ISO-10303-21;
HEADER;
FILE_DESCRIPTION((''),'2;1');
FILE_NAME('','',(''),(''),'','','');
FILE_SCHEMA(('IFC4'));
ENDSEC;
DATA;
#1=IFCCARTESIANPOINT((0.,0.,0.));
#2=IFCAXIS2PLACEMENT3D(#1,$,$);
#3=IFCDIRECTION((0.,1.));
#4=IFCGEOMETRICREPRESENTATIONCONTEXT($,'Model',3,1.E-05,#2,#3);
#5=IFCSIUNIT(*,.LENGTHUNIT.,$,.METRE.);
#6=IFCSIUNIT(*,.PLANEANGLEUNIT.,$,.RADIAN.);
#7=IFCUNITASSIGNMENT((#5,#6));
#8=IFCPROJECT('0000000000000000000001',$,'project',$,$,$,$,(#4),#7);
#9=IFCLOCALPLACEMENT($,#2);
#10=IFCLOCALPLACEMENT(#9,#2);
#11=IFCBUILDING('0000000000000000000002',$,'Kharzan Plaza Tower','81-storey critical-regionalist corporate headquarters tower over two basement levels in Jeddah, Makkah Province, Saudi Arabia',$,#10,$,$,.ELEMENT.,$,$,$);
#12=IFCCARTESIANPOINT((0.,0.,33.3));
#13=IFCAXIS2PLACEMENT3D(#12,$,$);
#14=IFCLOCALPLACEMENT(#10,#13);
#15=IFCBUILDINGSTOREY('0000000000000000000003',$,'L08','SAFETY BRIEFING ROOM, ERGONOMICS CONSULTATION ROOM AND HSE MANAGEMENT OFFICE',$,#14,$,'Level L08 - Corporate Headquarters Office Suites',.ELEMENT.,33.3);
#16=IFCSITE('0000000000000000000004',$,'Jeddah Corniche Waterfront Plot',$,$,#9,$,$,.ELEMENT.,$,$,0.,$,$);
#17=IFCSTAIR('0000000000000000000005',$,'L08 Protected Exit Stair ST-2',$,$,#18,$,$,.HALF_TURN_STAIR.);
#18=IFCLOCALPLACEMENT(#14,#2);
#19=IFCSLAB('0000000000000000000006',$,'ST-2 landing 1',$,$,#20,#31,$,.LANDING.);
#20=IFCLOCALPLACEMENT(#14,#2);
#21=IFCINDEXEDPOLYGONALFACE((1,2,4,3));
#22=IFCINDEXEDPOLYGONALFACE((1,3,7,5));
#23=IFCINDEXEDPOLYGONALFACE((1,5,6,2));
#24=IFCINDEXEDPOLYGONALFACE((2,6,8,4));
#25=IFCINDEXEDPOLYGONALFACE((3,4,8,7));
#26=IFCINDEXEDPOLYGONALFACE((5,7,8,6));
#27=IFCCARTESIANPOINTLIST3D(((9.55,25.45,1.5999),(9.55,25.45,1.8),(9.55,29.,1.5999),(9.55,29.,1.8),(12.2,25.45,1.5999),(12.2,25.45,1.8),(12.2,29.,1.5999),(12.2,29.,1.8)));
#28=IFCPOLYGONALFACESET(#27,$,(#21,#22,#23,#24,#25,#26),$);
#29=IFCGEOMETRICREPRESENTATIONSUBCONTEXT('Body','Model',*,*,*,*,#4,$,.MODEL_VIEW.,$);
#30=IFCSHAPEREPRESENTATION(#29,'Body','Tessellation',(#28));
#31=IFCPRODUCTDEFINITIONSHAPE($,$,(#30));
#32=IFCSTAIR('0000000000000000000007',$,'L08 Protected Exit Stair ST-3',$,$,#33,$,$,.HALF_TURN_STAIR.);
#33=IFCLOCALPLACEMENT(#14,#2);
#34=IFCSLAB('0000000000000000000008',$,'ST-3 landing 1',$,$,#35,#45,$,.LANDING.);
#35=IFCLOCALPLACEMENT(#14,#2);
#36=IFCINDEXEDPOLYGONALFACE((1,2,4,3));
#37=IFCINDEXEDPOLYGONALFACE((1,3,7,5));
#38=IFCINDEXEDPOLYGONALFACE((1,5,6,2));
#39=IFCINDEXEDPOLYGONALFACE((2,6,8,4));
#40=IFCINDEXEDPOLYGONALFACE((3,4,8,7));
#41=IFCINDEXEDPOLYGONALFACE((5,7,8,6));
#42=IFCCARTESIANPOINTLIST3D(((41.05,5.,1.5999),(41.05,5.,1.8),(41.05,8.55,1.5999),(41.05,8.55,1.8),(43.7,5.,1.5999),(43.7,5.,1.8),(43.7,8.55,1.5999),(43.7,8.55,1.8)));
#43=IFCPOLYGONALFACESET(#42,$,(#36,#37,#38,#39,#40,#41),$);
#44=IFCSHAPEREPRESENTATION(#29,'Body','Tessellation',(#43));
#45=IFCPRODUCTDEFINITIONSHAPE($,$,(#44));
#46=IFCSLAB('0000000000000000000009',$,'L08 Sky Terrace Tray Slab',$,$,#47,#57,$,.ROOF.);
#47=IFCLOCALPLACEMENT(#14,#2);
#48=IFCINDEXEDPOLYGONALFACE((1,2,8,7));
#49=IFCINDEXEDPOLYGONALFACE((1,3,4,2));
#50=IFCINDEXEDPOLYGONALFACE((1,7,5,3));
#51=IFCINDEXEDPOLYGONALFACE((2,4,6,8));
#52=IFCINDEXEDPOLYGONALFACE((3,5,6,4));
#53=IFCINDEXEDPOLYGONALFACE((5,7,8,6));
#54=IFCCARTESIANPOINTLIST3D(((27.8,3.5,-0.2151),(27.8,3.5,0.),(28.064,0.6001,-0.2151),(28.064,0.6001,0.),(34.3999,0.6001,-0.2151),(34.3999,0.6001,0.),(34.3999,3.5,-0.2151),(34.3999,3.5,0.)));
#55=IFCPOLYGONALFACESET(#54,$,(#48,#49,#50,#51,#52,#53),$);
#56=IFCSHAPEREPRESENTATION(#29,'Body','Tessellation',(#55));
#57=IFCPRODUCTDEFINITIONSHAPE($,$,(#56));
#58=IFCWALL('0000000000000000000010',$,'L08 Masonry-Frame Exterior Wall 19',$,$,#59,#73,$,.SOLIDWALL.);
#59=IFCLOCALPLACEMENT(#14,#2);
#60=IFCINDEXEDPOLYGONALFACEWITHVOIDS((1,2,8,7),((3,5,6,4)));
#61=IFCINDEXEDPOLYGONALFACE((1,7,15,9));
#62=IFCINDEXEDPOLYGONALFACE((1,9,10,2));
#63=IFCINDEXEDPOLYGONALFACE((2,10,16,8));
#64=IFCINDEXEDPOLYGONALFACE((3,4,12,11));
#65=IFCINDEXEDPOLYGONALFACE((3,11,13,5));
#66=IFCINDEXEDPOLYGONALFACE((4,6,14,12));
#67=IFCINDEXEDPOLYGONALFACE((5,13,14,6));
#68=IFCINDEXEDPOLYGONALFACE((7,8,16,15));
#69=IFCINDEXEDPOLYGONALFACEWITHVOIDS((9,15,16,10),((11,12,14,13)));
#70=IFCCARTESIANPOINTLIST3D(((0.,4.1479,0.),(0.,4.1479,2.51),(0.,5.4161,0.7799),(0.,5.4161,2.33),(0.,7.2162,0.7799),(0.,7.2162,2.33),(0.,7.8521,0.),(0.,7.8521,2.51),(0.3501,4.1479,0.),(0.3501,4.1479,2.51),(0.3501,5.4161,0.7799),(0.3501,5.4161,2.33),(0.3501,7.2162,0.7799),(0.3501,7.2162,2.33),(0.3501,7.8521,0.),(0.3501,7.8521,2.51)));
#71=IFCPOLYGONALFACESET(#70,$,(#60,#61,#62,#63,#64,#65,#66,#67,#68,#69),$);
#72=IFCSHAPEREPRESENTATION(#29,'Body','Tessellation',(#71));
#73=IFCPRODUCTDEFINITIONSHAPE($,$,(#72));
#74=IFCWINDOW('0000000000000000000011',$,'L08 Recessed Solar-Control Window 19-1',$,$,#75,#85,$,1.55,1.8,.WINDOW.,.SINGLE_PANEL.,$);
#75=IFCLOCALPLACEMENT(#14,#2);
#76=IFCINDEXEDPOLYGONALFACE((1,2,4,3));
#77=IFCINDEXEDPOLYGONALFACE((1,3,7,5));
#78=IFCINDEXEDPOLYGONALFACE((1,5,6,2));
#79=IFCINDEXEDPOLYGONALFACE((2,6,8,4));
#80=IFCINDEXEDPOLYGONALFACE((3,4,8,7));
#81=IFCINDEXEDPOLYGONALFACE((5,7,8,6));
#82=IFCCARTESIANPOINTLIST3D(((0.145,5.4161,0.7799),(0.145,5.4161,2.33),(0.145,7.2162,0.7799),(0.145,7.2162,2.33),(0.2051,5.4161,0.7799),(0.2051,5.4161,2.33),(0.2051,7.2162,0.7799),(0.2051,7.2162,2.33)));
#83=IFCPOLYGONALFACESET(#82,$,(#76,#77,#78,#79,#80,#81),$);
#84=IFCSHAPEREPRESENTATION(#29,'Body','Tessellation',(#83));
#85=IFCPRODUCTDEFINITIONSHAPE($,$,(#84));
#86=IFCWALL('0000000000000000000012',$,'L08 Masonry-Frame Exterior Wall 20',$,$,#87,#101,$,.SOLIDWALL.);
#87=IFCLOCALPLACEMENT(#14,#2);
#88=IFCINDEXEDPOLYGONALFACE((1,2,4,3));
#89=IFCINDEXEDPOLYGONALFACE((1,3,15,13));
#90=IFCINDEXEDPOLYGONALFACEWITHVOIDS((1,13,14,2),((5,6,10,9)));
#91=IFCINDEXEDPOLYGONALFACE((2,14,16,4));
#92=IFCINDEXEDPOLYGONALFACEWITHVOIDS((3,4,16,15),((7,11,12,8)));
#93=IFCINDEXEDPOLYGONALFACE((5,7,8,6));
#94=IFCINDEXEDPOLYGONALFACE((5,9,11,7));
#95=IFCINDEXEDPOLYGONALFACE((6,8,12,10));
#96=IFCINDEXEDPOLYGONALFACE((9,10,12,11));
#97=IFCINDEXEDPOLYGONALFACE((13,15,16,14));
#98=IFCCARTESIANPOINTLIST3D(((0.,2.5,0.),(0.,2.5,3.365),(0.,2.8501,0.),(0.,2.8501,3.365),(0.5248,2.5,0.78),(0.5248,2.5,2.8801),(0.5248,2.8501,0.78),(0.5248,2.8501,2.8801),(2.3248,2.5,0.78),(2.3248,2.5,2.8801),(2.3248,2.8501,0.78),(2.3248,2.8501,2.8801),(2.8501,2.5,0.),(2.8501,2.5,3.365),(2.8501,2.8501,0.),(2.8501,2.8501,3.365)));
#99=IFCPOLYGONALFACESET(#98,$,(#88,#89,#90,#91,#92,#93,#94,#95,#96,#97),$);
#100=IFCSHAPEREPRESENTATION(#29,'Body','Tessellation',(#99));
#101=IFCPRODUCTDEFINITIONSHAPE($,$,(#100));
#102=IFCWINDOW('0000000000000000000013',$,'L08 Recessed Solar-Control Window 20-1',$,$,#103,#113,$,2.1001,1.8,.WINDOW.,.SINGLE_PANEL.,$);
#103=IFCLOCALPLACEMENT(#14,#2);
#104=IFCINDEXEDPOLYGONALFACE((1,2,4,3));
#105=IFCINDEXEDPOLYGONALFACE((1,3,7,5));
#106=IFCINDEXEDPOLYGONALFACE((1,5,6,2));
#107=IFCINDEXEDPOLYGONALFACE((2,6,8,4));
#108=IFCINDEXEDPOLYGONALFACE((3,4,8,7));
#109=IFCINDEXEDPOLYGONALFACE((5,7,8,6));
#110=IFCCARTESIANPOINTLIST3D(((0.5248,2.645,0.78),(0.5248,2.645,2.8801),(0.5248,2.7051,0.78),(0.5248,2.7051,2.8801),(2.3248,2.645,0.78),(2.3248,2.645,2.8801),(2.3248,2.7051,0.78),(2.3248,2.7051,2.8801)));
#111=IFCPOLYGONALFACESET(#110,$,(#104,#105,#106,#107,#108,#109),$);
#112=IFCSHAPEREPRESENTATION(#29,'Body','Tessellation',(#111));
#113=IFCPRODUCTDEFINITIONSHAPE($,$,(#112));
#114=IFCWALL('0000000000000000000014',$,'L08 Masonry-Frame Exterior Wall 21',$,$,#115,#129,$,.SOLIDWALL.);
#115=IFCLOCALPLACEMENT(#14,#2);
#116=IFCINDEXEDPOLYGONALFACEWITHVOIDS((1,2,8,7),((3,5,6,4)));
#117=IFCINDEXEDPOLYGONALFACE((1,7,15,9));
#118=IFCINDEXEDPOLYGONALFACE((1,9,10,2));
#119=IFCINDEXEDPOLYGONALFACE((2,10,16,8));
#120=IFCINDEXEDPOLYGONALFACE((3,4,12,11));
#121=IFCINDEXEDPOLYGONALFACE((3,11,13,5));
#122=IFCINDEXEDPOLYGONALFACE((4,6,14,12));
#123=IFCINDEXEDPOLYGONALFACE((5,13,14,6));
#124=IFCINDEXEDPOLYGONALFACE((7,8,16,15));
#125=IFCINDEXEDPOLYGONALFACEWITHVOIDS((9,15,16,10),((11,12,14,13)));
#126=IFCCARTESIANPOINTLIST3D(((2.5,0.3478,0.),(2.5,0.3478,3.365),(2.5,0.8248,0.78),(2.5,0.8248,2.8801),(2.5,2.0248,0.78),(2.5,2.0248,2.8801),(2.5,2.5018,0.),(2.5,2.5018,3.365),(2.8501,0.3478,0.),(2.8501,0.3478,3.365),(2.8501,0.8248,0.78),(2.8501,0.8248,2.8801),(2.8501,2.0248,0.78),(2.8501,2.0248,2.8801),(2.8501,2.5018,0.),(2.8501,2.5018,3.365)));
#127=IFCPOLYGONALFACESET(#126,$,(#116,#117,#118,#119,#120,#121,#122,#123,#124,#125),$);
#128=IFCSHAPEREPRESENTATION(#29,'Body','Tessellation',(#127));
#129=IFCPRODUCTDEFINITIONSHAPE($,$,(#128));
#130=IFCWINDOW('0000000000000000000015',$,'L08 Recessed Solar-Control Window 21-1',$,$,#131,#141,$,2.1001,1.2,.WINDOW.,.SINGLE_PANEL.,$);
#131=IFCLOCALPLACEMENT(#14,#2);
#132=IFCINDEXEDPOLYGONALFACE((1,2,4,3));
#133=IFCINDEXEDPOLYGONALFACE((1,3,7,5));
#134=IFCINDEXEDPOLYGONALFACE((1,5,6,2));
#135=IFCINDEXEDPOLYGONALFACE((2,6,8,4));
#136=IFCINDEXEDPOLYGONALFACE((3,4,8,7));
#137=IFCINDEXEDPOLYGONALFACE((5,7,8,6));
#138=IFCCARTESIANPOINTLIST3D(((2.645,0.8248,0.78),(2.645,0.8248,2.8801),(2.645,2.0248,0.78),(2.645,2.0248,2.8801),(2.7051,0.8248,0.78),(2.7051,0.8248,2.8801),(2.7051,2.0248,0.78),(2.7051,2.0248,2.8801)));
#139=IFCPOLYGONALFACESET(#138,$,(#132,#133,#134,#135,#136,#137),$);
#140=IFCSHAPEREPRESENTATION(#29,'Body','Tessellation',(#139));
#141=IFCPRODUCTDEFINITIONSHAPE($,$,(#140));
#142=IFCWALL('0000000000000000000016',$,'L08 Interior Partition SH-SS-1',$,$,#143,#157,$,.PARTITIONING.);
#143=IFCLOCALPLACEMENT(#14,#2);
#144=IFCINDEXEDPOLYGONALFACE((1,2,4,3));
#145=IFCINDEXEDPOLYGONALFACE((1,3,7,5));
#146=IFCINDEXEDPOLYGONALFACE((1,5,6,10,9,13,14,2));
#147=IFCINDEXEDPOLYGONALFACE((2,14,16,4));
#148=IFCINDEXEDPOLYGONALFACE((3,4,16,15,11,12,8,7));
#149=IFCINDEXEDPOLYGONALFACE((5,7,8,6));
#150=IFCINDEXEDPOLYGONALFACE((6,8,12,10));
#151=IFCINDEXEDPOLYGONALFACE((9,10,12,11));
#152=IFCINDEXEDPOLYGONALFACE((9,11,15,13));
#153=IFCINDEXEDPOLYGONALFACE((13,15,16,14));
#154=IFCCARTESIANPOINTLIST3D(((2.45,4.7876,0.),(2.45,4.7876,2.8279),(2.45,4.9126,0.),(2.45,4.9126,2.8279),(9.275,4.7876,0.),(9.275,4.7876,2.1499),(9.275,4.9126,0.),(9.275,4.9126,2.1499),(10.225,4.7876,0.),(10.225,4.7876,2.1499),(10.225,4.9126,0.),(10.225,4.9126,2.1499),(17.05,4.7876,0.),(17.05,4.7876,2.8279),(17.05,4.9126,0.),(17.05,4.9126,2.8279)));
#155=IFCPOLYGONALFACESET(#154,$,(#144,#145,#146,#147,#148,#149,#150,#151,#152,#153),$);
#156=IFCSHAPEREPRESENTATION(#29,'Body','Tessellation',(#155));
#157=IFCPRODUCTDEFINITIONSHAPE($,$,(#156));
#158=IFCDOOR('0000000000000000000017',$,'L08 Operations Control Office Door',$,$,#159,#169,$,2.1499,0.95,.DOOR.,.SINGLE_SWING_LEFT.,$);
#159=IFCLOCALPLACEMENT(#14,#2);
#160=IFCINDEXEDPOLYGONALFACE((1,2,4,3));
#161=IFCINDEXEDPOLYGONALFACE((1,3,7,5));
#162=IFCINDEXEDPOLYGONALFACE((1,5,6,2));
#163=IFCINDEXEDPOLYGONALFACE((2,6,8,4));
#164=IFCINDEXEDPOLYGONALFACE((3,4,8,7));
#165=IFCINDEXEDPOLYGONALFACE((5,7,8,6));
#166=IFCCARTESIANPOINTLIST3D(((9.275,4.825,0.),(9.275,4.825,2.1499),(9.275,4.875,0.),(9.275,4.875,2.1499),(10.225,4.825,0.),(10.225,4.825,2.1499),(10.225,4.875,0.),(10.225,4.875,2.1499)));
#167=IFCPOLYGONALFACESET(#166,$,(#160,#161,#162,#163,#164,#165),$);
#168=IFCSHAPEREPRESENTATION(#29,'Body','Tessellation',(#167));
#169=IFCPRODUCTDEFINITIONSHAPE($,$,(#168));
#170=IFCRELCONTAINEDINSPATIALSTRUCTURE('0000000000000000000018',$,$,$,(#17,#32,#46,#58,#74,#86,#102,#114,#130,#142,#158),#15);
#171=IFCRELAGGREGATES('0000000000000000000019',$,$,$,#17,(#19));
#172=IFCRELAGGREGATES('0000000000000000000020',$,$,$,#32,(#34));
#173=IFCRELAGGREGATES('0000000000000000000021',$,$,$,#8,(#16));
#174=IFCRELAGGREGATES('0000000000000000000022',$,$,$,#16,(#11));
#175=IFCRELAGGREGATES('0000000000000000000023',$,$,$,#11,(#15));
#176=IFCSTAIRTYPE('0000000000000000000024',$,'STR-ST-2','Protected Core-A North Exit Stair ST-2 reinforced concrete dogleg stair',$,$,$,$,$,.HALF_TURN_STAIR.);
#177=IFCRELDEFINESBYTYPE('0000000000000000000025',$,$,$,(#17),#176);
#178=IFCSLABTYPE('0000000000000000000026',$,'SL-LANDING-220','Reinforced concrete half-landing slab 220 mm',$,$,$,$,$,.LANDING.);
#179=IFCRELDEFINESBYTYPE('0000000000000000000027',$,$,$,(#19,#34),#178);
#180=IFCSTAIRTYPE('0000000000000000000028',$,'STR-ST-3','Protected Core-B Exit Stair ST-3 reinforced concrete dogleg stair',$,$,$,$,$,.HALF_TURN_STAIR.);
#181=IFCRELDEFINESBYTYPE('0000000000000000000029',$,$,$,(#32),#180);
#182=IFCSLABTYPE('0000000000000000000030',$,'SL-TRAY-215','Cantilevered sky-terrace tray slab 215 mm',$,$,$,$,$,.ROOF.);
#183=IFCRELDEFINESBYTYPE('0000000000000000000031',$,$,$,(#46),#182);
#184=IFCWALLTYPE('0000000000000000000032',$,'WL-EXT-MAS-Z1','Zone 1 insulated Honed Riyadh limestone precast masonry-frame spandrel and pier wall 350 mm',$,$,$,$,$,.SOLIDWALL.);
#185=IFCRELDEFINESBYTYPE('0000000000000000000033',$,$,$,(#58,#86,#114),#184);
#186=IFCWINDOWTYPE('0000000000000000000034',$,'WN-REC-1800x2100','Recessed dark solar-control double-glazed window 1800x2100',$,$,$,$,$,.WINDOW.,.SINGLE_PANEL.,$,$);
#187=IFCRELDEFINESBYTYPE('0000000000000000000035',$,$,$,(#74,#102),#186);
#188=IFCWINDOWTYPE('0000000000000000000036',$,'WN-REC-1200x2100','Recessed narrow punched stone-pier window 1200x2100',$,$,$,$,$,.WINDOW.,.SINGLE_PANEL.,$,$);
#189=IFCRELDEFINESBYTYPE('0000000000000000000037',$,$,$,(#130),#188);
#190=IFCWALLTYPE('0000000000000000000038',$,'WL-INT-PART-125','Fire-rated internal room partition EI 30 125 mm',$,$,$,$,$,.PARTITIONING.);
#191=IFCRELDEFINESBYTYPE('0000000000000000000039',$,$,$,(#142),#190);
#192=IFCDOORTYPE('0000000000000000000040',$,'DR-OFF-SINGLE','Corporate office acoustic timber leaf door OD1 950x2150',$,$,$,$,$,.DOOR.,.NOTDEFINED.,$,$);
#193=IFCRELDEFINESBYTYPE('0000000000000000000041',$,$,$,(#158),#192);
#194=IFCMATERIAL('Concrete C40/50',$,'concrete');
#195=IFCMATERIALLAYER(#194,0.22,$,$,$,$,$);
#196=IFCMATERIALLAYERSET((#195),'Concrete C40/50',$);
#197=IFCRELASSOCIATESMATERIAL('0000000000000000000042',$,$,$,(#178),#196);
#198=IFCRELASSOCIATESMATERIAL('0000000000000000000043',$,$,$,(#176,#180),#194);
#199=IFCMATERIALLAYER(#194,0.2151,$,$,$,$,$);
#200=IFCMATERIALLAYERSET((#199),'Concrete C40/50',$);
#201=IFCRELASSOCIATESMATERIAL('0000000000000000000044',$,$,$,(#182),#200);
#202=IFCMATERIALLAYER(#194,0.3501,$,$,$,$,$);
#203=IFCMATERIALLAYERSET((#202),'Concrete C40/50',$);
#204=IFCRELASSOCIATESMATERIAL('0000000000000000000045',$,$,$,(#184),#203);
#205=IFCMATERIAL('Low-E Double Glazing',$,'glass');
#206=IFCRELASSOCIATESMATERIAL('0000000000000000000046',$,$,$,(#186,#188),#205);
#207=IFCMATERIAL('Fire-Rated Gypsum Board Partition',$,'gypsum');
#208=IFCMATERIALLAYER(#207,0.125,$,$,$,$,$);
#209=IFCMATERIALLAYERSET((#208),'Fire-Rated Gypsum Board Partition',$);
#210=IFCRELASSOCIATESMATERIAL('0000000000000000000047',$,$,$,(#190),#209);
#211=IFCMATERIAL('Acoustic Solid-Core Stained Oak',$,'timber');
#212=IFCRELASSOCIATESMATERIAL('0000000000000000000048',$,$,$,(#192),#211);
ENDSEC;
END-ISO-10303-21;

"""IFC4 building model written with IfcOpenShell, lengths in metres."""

from ifc_helpers import new_model, si_unit, direction, frame, frame_2d, origin, place, context, subcontext, project, spatial, polyline, rectangle, outline, extrude, source, transform, mapped, material, layer, layer_set, type_object, element, fill, aggregate, save


model = new_model("IFC4")

# Units and contexts
model_context = context("Model", 3, precision=1e-05, world=origin(), true_north=direction((0.0, 1.0)))
body_context = subcontext(model_context, "Body", "Model", "MODEL_VIEW")
ifc_project = project(units=[si_unit("LENGTHUNIT", "METRE"), si_unit("PLANEANGLEUNIT", "RADIAN")], contexts=[model_context])

# Site, building, storey
site_placement = place(None, origin())
site = spatial("IfcSite", under=ifc_project, at=site_placement, Name="Jeddah Corniche Waterfront Plot", CompositionType="ELEMENT", RefElevation=0.0)
building_placement = place(site_placement, origin())
building = spatial("IfcBuilding", under=site, at=building_placement, Name="Kharzan Plaza Tower", Description="81-storey critical-regionalist corporate headquarters tower over two basement levels in Jeddah, Makkah Province, Saudi Arabia", CompositionType="ELEMENT")
storey_placement = place(building_placement, frame((0.0, 0.0, 33.3)))
storey = spatial("IfcBuildingStorey", under=building, at=storey_placement, Name="L08", Description="SAFETY BRIEFING ROOM, ERGONOMICS CONSULTATION ROOM AND HSE MANAGEMENT OFFICE", LongName="Level L08 - Corporate Headquarters Office Suites", CompositionType="ELEMENT", Elevation=33.3)

# Shared definitions
ifc_material_1 = material(Name="Concrete C40/50", Category="concrete")

# Stairs, slabs
ifc_layer_1 = layer(ifc_material_1, 0.22)
ifc_layer_set_1 = layer_set([ifc_layer_1], Name="Concrete C40/50")
slab_type_1 = type_object("IfcSlabType", Name="SL-LANDING-220", Description="Reinforced concrete half-landing slab 220 mm", PredefinedType="LANDING", material=ifc_layer_set_1)
stair_type_1 = type_object("IfcStairType", Name="STR-ST-2", Description="Protected Core-A North Exit Stair ST-2 reinforced concrete dogleg stair", PredefinedType="HALF_TURN_STAIR", material=ifc_material_1)
stair_1_placement = place(storey_placement, origin())
stair_1 = element("IfcStair", 1, at=stair_1_placement, inside=storey, type_object=stair_type_1, Name="L08 Protected Exit Stair ST-2", PredefinedType="HALF_TURN_STAIR")
slab_1_placement = place(storey_placement, frame((0.0, 0.0, 1.5999)))
slab_1 = element("IfcSlab", 2, at=slab_1_placement, type_object=slab_type_1, Name="ST-2 landing 1", PredefinedType="LANDING", context=body_context, shape_type="SweptSolid", body=[
    extrude(outline(polyline([(9.55, 25.45), (12.2, 25.45), (12.2, 29.0), (9.55, 29.0), (9.55, 25.45)])), origin(), (0.0, 0.0, 1.0), 0.2002),
])
aggregate(stair_1, [slab_1])
stair_type_2 = type_object("IfcStairType", Name="STR-ST-3", Description="Protected Core-B Exit Stair ST-3 reinforced concrete dogleg stair", PredefinedType="HALF_TURN_STAIR", material=ifc_material_1)
stair_2_placement = place(storey_placement, origin())
stair_2 = element("IfcStair", 3, at=stair_2_placement, inside=storey, type_object=stair_type_2, Name="L08 Protected Exit Stair ST-3", PredefinedType="HALF_TURN_STAIR")
slab_2_placement = place(storey_placement, frame((0.0, 0.0, 1.5999)))
slab_2 = element("IfcSlab", 4, at=slab_2_placement, type_object=slab_type_1, Name="ST-3 landing 1", PredefinedType="LANDING", context=body_context, shape_type="SweptSolid", body=[
    extrude(outline(polyline([(41.05, 5.0), (43.7, 5.0), (43.7, 8.55), (41.05, 8.55), (41.05, 5.0)])), origin(), (0.0, 0.0, 1.0), 0.2002),
])
aggregate(stair_2, [slab_2])

# Slab
ifc_layer_2 = layer(ifc_material_1, 0.2151)
ifc_layer_set_2 = layer_set([ifc_layer_2], Name="Concrete C40/50")
slab_type_2 = type_object("IfcSlabType", Name="SL-TRAY-215", Description="Cantilevered sky-terrace tray slab 215 mm", PredefinedType="ROOF", material=ifc_layer_set_2)
slab_3_placement = place(storey_placement, frame((0.0, 0.0, -0.2151)))
element("IfcSlab", 5, at=slab_3_placement, inside=storey, type_object=slab_type_2, Name="L08 Sky Terrace Tray Slab", PredefinedType="ROOF", context=body_context, shape_type="SweptSolid", body=[
    extrude(outline(polyline([(28.064, 0.6001), (34.3999, 0.6001), (34.3999, 3.5), (27.8, 3.5), (28.064, 0.6001)])), origin(), (0.0, 0.0, 1.0), 0.2151),
])

# Walls, openings, windows
ifc_layer_3 = layer(ifc_material_1, 0.3501)
ifc_layer_set_3 = layer_set([ifc_layer_3], Name="Concrete C40/50")
wall_type_1 = type_object("IfcWallType", Name="WL-EXT-MAS-Z1", Description="Zone 1 insulated Honed Riyadh limestone precast masonry-frame spandrel and pier wall 350 mm", PredefinedType="SOLIDWALL", material=ifc_layer_set_3)
wall_1_placement = place(storey_placement, frame((0.175, 7.8521, 0.0), z_axis=(0.0, 0.0, 1.0), x_axis=(0.0, -1.0, 0.0)))
wall_1 = element("IfcWall", 6, at=wall_1_placement, inside=storey, type_object=wall_type_1, Name="L08 Masonry-Frame Exterior Wall 19", PredefinedType="SOLIDWALL", context=body_context, shape_type="SweptSolid", body=[
    extrude(rectangle(XDim=3.7041, YDim=0.3501, at=frame_2d((1.8521, 0.0))), origin(), (0.0, 0.0, 1.0), 2.51),
])
opening_1_placement = place(wall_1_placement, frame((0.636, 0.0, 0.78)))
opening_1 = element("IfcOpeningElement", 7, at=opening_1_placement, cuts=wall_1, PredefinedType="OPENING", context=body_context, shape_type="SweptSolid", body=[
    extrude(rectangle(XDim=1.8, YDim=1.55, at=frame_2d((0.8999, 0.7749))), frame((0.0, 0.1851, 0.0), z_axis=(0.0, -1.0, 0.0), x_axis=(1.0, 0.0, 0.0)), (0.0, 0.0, 1.0), 0.3701),
])
ifc_material_2 = material(Name="Low-E Double Glazing", Category="glass")
window_type_1 = type_object("IfcWindowType", Name="WN-REC-1800x2100", Description="Recessed dark solar-control double-glazed window 1800x2100", PartitioningType="SINGLE_PANEL", PredefinedType="WINDOW", material=ifc_material_2)
shared_shape_1 = source(origin(), body_context, "Body", "SweptSolid", [
    extrude(rectangle(XDim=1.8, YDim=1.55, at=frame_2d((0.8999, 0.7749))), frame((0.0, 0.03, 0.0), z_axis=(0.0, -1.0, 0.0), x_axis=(1.0, 0.0, 0.0)), (0.0, 0.0, 1.0), 0.0601),
])
window_1_placement = place(opening_1_placement, origin())
window_1 = element("IfcWindow", 8, at=window_1_placement, inside=storey, type_object=window_type_1, Name="L08 Recessed Solar-Control Window 19-1", OverallHeight=1.55, OverallWidth=1.8, PartitioningType="SINGLE_PANEL", PredefinedType="WINDOW", context=body_context, shape_type="MappedRepresentation", body=[
    mapped(shared_shape_1, transform((0.0, 0.0, 0.0), x_axis=(1.0, 0.0, 0.0), y_axis=(0.0, 1.0, 0.0), z_axis=(0.0, 0.0, 1.0))),
])
fill(opening_1, window_1)
wall_2_placement = place(storey_placement, frame((0.0, 2.675, 0.0), z_axis=(0.0, 0.0, 1.0), x_axis=(1.0, 0.0, 0.0)))
wall_2 = element("IfcWall", 9, at=wall_2_placement, inside=storey, type_object=wall_type_1, Name="L08 Masonry-Frame Exterior Wall 20", PredefinedType="SOLIDWALL", context=body_context, shape_type="SweptSolid", body=[
    extrude(rectangle(XDim=2.8501, YDim=0.3501, at=frame_2d((1.425, 0.0))), origin(), (0.0, 0.0, 1.0), 3.365),
])
opening_2_placement = place(wall_2_placement, frame((0.5249, 0.0, 0.78)))
opening_2 = element("IfcOpeningElement", 10, at=opening_2_placement, cuts=wall_2, PredefinedType="OPENING", context=body_context, shape_type="SweptSolid", body=[
    extrude(rectangle(XDim=1.8, YDim=2.1001, at=frame_2d((0.8999, 1.05))), frame((0.0, 0.1851, 0.0), z_axis=(0.0, -1.0, 0.0), x_axis=(1.0, 0.0, 0.0)), (0.0, 0.0, 1.0), 0.3701),
])
shared_shape_2 = source(origin(), body_context, "Body", "SweptSolid", [
    extrude(rectangle(XDim=1.8, YDim=2.1001, at=frame_2d((0.8999, 1.05))), frame((0.0, 0.03, 0.0), z_axis=(0.0, -1.0, 0.0), x_axis=(1.0, 0.0, 0.0)), (0.0, 0.0, 1.0), 0.0601),
])
window_2_placement = place(opening_2_placement, origin())
window_2 = element("IfcWindow", 11, at=window_2_placement, inside=storey, type_object=window_type_1, Name="L08 Recessed Solar-Control Window 20-1", OverallHeight=2.1001, OverallWidth=1.8, PartitioningType="SINGLE_PANEL", PredefinedType="WINDOW", context=body_context, shape_type="MappedRepresentation", body=[
    mapped(shared_shape_2, transform((0.0, 0.0, 0.0), x_axis=(1.0, 0.0, 0.0), y_axis=(0.0, 1.0, 0.0), z_axis=(0.0, 0.0, 1.0))),
])
fill(opening_2, window_2)
wall_3_placement = place(storey_placement, frame((2.675, 2.502, 0.0), z_axis=(0.0, 0.0, 1.0), x_axis=(0.0, -1.0, 0.0)))
wall_3 = element("IfcWall", 12, at=wall_3_placement, inside=storey, type_object=wall_type_1, Name="L08 Masonry-Frame Exterior Wall 21", PredefinedType="SOLIDWALL", context=body_context, shape_type="SweptSolid", body=[
    extrude(rectangle(XDim=2.1541, YDim=0.3501, at=frame_2d((1.0771, 0.0))), origin(), (0.0, 0.0, 1.0), 3.365),
])
opening_3_placement = place(wall_3_placement, frame((0.4771, 0.0, 0.78)))
opening_3 = element("IfcOpeningElement", 13, at=opening_3_placement, cuts=wall_3, PredefinedType="OPENING", context=body_context, shape_type="SweptSolid", body=[
    extrude(rectangle(XDim=1.2, YDim=2.1001, at=frame_2d((0.6001, 1.05))), frame((0.0, 0.1851, 0.0), z_axis=(0.0, -1.0, 0.0), x_axis=(1.0, 0.0, 0.0)), (0.0, 0.0, 1.0), 0.3701),
])
window_type_2 = type_object("IfcWindowType", Name="WN-REC-1200x2100", Description="Recessed narrow punched stone-pier window 1200x2100", PartitioningType="SINGLE_PANEL", PredefinedType="WINDOW", material=ifc_material_2)
shared_shape_3 = source(origin(), body_context, "Body", "SweptSolid", [
    extrude(rectangle(XDim=1.2, YDim=2.1001, at=frame_2d((0.6001, 1.05))), frame((0.0, 0.03, 0.0), z_axis=(0.0, -1.0, 0.0), x_axis=(1.0, 0.0, 0.0)), (0.0, 0.0, 1.0), 0.0601),
])
window_3_placement = place(opening_3_placement, origin())
window_3 = element("IfcWindow", 14, at=window_3_placement, inside=storey, type_object=window_type_2, Name="L08 Recessed Solar-Control Window 21-1", OverallHeight=2.1001, OverallWidth=1.2, PartitioningType="SINGLE_PANEL", PredefinedType="WINDOW", context=body_context, shape_type="MappedRepresentation", body=[
    mapped(shared_shape_3, transform((0.0, 0.0, 0.0), x_axis=(1.0, 0.0, 0.0), y_axis=(0.0, 1.0, 0.0), z_axis=(0.0, 0.0, 1.0))),
])
fill(opening_3, window_3)

# Wall, opening, door
ifc_material_3 = material(Name="Fire-Rated Gypsum Board Partition", Category="gypsum")
ifc_layer_4 = layer(ifc_material_3, 0.125)
ifc_layer_set_4 = layer_set([ifc_layer_4], Name="Fire-Rated Gypsum Board Partition")
wall_type_2 = type_object("IfcWallType", Name="WL-INT-PART-125", Description="Fire-rated internal room partition EI 30 125 mm", PredefinedType="PARTITIONING", material=ifc_layer_set_4)
ifc_material_4 = material(Name="Acoustic Solid-Core Stained Oak", Category="timber")
door_type = type_object("IfcDoorType", Name="DR-OFF-SINGLE", Description="Corporate office acoustic timber leaf door OD1 950x2150", OperationType="NOTDEFINED", PredefinedType="DOOR", material=ifc_material_4)
shared_shape_4 = source(origin(), body_context, "Body", "SweptSolid", [
    extrude(rectangle(XDim=0.95, YDim=2.1499, at=frame_2d((0.4751, 1.075))), frame((0.0, 0.0249, 0.0), z_axis=(0.0, -1.0, 0.0), x_axis=(1.0, 0.0, 0.0)), (0.0, 0.0, 1.0), 0.05),
])
wall_4_placement = place(storey_placement, frame((2.45, 4.8501, 0.0), z_axis=(0.0, 0.0, 1.0), x_axis=(1.0, 0.0, 0.0)))
wall_4 = element("IfcWall", 15, at=wall_4_placement, inside=storey, type_object=wall_type_2, Name="L08 Interior Partition SH-SS-1", PredefinedType="PARTITIONING", context=body_context, shape_type="SweptSolid", body=[
    extrude(rectangle(XDim=14.6001, YDim=0.125, at=frame_2d((7.3, 0.0))), origin(), (0.0, 0.0, 1.0), 2.8279),
])
opening_4_placement = place(wall_4_placement, frame((6.825, 0.0, 0.0)))
opening_4 = element("IfcOpeningElement", 16, at=opening_4_placement, cuts=wall_4, PredefinedType="OPENING", context=body_context, shape_type="SweptSolid", body=[
    extrude(rectangle(XDim=0.95, YDim=2.1499, at=frame_2d((0.4751, 1.075))), frame((0.0, 0.0725, 0.0), z_axis=(0.0, -1.0, 0.0), x_axis=(1.0, 0.0, 0.0)), (0.0, 0.0, 1.0), 0.145),
])
door_1_placement = place(opening_4_placement, origin())
door_1 = element("IfcDoor", 17, at=door_1_placement, inside=storey, type_object=door_type, Name="L08 Operations Control Office Door", OperationType="SINGLE_SWING_LEFT", OverallHeight=2.1499, OverallWidth=0.95, PredefinedType="DOOR", context=body_context, shape_type="MappedRepresentation", body=[
    mapped(shared_shape_4, transform((0.0, 0.0, 0.0), x_axis=(1.0, 0.0, 0.0), y_axis=(0.0, 1.0, 0.0), z_axis=(0.0, 0.0, 1.0))),
])
fill(opening_4, door_1)

save(model, "model.ifc")
